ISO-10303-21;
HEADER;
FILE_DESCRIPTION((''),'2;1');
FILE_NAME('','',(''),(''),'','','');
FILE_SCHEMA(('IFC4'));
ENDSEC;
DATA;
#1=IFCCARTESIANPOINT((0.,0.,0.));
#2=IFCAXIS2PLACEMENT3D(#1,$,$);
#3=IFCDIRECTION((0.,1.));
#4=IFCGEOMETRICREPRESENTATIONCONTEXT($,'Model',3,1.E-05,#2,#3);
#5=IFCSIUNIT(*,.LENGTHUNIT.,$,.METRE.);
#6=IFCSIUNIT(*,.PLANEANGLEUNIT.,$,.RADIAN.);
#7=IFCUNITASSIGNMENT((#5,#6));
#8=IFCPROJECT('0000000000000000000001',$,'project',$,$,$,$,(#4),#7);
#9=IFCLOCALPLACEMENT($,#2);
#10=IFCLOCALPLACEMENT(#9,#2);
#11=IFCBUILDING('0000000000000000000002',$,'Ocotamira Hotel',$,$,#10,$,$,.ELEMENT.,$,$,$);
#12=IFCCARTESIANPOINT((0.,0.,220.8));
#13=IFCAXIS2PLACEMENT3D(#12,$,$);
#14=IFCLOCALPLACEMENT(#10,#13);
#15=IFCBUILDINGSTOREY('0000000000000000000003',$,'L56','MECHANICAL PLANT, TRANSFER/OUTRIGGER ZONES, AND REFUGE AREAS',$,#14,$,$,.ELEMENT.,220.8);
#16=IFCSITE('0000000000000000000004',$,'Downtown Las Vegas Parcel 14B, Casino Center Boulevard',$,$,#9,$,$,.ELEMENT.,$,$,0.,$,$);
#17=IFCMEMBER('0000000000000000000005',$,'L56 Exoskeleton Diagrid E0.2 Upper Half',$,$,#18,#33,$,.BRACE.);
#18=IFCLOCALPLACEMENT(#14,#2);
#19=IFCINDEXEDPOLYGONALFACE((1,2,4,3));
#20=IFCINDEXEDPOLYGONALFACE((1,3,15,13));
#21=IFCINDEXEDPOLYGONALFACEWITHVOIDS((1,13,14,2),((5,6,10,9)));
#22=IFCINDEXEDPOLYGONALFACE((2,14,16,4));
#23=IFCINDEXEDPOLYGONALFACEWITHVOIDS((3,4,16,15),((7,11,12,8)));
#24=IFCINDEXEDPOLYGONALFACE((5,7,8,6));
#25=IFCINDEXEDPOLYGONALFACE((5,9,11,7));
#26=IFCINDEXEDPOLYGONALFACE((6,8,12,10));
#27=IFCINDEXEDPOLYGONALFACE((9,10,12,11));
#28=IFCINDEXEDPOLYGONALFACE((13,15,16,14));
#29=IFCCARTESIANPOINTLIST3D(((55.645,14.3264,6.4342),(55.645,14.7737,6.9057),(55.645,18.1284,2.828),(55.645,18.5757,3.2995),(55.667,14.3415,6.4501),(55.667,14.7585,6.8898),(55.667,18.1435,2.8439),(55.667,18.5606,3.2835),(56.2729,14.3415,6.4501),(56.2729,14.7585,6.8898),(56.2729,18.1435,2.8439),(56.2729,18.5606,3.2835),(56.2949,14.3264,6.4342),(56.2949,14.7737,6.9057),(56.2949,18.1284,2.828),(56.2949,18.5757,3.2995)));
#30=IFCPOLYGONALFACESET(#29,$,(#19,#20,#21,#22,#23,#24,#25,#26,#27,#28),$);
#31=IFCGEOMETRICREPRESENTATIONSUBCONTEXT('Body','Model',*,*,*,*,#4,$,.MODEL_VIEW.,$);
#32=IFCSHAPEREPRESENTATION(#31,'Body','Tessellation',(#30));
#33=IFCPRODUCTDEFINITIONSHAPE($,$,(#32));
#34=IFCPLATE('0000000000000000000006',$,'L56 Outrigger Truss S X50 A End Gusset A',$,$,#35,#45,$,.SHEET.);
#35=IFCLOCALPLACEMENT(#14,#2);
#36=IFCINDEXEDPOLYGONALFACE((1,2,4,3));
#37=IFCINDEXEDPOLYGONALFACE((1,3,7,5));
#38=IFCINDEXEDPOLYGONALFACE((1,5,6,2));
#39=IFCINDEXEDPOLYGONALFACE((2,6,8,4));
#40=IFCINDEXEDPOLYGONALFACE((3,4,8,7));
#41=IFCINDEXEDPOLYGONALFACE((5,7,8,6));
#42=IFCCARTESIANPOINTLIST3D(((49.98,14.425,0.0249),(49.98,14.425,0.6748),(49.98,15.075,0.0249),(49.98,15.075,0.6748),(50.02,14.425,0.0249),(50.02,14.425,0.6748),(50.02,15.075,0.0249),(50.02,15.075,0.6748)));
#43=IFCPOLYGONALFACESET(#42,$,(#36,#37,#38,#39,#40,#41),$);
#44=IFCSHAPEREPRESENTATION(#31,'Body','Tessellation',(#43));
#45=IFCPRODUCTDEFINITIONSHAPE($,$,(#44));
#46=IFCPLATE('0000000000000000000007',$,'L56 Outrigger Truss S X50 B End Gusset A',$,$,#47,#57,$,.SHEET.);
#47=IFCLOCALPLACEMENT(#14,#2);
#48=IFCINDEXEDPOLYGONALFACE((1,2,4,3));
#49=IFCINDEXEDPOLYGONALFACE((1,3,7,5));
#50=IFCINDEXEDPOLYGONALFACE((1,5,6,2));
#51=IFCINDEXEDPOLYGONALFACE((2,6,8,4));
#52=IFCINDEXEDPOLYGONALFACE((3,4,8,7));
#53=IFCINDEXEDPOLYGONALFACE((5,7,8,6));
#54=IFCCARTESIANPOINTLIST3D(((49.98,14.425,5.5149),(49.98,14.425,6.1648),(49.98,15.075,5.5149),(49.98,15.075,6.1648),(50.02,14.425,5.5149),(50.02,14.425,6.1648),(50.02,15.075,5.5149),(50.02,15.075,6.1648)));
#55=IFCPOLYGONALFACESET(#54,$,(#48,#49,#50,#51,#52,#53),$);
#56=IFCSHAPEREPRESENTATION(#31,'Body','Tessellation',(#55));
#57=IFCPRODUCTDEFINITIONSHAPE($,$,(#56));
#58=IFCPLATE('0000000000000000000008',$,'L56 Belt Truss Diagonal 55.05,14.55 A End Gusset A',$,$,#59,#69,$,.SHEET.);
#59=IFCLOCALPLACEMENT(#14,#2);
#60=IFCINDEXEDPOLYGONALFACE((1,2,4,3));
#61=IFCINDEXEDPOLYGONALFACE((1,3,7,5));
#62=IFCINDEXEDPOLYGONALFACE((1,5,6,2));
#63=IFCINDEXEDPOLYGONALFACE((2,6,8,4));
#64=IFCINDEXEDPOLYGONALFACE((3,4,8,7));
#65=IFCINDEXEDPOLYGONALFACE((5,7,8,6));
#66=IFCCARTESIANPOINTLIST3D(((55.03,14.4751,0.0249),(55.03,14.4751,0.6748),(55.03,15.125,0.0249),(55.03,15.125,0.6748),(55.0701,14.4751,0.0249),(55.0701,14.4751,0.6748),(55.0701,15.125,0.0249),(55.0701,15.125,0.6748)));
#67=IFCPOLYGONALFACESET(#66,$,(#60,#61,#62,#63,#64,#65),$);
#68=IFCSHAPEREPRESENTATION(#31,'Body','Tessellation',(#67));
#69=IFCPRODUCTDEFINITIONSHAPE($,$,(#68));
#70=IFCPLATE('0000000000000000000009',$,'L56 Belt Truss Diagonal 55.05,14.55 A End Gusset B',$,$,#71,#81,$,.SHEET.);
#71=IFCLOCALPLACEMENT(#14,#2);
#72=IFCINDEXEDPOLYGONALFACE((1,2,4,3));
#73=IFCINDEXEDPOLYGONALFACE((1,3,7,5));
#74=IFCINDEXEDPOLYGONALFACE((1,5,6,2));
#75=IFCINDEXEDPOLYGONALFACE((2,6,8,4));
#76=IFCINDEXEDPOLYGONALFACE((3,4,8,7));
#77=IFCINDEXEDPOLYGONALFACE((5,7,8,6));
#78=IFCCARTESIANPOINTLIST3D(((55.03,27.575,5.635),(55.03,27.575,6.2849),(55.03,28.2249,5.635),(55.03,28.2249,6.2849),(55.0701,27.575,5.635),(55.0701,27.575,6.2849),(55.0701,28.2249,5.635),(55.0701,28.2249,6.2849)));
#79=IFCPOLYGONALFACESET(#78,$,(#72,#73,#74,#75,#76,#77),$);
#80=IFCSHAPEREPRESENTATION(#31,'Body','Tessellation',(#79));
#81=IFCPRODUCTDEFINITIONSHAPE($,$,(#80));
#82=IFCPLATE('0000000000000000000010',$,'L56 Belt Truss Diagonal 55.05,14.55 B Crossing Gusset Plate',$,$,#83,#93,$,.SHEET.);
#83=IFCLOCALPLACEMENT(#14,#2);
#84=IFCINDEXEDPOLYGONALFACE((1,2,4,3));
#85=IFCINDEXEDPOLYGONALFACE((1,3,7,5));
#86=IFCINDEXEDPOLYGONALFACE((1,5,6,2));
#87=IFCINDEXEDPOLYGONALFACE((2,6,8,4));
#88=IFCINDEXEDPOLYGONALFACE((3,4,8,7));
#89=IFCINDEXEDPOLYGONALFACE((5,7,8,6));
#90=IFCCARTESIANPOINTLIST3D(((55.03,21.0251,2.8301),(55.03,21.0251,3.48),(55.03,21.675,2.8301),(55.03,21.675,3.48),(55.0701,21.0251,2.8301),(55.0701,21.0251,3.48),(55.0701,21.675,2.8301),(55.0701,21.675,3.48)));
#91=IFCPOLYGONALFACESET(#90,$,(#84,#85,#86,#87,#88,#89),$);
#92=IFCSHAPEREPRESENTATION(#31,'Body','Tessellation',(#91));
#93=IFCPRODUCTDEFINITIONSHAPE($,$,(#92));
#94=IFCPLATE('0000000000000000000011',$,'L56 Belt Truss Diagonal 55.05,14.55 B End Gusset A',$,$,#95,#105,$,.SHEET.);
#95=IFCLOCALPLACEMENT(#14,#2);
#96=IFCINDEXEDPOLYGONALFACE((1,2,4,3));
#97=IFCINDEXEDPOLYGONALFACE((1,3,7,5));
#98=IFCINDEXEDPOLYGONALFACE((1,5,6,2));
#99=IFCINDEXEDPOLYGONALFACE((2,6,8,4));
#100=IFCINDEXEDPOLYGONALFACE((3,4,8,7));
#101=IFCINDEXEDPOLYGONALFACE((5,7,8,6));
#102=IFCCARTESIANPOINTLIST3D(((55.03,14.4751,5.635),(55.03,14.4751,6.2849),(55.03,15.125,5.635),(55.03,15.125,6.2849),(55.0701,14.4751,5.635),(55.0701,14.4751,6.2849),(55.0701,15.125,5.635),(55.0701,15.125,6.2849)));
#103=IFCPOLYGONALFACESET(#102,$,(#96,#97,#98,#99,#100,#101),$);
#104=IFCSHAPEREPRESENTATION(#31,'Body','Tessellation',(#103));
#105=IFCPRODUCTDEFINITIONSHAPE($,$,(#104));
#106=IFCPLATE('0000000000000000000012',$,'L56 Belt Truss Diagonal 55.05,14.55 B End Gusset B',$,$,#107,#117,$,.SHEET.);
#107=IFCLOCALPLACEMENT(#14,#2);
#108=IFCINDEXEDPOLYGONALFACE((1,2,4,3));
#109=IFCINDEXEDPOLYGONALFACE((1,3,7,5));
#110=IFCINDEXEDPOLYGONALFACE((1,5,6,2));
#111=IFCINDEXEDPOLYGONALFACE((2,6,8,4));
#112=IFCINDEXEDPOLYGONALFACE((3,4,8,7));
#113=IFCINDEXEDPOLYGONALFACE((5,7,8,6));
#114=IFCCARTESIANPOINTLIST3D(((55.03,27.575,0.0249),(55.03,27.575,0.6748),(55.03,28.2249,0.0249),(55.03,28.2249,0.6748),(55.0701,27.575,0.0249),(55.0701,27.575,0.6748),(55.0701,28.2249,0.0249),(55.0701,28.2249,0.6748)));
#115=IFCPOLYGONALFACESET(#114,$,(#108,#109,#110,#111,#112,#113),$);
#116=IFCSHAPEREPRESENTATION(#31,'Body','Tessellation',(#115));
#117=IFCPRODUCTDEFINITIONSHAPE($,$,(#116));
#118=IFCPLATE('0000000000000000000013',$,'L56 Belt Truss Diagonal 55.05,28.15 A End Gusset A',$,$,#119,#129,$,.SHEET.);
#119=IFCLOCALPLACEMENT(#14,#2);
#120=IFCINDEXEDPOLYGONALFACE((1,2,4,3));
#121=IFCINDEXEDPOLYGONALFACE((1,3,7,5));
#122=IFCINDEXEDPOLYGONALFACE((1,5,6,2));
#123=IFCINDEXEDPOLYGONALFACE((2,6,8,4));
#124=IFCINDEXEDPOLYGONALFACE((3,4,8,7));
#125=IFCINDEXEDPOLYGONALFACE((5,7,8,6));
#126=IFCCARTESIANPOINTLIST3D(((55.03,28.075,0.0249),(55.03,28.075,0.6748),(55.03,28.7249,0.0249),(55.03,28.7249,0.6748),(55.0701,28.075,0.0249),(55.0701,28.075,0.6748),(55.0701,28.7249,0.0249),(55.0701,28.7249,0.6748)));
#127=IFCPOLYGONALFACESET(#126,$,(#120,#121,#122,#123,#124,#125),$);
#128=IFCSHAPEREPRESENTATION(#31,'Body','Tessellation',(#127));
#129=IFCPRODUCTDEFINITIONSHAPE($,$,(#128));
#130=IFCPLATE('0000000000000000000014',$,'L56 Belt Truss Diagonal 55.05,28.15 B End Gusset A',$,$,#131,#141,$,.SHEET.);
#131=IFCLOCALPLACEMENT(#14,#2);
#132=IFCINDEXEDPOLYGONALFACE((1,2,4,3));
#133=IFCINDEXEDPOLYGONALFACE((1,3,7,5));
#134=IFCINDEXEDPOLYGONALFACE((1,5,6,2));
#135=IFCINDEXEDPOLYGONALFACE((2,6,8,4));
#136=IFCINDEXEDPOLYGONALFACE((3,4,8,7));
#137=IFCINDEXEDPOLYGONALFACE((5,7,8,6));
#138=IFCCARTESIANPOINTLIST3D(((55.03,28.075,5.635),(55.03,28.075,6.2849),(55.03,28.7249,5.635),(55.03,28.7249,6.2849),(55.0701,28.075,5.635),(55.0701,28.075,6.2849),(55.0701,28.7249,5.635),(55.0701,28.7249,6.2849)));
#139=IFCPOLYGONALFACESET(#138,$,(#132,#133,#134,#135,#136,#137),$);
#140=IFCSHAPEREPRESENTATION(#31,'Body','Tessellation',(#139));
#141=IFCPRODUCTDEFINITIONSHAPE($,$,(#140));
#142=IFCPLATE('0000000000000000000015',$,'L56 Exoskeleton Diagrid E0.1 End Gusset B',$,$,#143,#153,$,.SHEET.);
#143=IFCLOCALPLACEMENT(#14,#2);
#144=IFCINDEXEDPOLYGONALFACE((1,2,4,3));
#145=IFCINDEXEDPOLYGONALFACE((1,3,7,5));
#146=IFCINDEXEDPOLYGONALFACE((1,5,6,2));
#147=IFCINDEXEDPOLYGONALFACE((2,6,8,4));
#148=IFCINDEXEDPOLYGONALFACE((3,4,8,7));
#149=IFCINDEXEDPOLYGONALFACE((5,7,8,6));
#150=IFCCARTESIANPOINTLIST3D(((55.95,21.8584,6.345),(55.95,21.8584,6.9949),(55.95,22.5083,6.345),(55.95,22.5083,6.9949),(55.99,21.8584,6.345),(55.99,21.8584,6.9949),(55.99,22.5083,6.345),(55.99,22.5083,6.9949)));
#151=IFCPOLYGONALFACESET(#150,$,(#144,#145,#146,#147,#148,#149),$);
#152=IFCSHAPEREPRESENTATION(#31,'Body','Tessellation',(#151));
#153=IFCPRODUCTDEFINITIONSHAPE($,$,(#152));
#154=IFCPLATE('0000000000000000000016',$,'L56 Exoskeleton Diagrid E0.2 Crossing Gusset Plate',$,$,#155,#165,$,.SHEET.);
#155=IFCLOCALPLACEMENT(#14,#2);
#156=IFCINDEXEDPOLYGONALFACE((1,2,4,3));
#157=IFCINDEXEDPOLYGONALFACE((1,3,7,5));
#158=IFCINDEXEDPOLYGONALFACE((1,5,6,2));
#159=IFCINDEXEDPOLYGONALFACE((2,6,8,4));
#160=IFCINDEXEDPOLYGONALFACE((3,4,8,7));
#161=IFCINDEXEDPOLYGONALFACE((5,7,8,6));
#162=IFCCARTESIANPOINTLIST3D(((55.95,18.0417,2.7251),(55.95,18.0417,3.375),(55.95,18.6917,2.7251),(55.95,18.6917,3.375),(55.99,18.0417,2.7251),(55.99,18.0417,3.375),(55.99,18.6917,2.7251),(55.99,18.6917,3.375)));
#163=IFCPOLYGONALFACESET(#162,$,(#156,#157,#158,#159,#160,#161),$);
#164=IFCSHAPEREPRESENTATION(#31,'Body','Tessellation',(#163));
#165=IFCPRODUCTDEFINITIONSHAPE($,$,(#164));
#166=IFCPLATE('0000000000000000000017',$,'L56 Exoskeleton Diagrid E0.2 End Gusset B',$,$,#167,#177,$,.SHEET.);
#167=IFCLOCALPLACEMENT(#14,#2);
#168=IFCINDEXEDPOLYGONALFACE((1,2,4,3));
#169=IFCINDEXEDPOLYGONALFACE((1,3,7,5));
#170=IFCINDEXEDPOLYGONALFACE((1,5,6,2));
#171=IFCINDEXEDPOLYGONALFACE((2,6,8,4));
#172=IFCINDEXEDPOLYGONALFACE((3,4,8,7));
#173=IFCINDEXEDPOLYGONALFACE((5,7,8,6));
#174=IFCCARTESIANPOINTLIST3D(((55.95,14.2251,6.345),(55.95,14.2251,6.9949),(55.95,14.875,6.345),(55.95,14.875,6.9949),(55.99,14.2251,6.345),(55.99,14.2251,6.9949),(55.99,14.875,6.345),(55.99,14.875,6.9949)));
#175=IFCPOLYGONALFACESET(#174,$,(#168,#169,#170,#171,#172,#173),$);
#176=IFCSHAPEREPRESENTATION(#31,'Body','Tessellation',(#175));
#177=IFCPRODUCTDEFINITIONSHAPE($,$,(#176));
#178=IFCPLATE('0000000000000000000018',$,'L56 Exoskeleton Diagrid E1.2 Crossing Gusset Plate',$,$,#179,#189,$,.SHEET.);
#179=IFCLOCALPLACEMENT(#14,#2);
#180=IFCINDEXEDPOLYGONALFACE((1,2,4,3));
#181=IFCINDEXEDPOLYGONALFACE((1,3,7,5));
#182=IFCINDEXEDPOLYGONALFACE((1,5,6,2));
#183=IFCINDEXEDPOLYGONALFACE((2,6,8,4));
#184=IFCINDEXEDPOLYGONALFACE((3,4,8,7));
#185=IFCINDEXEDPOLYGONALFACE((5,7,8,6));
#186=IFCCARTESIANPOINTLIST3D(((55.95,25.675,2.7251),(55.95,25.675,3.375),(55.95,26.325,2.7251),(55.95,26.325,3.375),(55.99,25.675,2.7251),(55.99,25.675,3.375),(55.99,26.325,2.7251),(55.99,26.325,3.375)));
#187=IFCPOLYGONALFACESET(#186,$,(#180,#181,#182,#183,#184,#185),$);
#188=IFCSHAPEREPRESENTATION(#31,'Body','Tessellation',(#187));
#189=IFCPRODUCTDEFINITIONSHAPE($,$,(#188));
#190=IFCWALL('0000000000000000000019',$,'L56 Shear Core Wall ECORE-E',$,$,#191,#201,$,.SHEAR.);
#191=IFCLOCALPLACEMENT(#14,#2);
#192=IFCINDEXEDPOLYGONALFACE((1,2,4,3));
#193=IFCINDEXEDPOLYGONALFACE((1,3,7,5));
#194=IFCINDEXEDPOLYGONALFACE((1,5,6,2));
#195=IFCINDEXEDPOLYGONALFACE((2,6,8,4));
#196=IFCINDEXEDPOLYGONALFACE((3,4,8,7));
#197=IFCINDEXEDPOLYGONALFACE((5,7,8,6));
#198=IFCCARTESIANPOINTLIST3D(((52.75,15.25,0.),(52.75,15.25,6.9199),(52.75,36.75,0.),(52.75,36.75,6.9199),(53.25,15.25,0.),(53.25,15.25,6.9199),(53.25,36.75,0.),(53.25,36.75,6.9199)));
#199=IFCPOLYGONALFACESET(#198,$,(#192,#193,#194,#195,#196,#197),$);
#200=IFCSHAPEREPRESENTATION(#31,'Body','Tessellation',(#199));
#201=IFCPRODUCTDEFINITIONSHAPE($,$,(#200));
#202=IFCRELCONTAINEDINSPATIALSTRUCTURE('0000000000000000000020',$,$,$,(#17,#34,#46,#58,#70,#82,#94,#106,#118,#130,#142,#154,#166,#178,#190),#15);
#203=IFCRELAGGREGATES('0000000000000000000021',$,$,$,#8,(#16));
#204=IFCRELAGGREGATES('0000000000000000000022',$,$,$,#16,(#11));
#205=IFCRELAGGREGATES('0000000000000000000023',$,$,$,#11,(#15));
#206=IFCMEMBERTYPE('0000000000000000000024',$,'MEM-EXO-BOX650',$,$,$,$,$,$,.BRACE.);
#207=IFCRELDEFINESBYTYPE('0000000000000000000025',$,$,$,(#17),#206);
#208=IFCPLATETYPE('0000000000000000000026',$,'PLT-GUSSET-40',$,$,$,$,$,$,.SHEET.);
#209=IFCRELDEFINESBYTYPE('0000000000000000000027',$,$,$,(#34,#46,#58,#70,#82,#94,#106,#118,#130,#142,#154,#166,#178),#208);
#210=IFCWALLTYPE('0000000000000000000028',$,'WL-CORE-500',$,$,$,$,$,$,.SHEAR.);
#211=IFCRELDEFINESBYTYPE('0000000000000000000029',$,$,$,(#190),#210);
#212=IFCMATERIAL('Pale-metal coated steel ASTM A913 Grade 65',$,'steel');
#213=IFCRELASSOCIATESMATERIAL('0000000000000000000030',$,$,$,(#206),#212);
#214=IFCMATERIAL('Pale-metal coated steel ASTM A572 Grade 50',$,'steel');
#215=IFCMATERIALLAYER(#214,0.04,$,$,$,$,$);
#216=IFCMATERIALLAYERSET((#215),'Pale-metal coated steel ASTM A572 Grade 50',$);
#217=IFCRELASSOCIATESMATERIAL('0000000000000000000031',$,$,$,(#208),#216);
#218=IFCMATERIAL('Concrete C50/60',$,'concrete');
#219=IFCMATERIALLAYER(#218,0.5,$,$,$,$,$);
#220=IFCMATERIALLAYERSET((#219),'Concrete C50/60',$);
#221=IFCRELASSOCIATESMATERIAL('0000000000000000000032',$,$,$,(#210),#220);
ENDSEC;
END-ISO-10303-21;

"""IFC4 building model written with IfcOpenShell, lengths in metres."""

from ifc_helpers import new_model, si_unit, direction, frame, frame_2d, origin, origin_2d, place, context, subcontext, project, spatial, rectangle, hollow_rectangle, extrude, source, transform, mapped, material, layer, layer_set, material_profile, profile_set, type_object, element, save


model = new_model("IFC4")

# Units and contexts
model_context = context("Model", 3, precision=1e-05, world=origin(), true_north=direction((0.0, 1.0)))
body_context = subcontext(model_context, "Body", "Model", "MODEL_VIEW")
ifc_project = project(units=[si_unit("LENGTHUNIT", "METRE"), si_unit("PLANEANGLEUNIT", "RADIAN")], contexts=[model_context])

# Site, building, storey
site_placement = place(None, origin())
site = spatial("IfcSite", under=ifc_project, at=site_placement, Name="Downtown Las Vegas Parcel 14B, Casino Center Boulevard", CompositionType="ELEMENT", RefElevation=0.0)
building_placement = place(site_placement, origin())
building = spatial("IfcBuilding", under=site, at=building_placement, Name="Ocotamira Hotel", CompositionType="ELEMENT")
storey_placement = place(building_placement, frame((0.0, 0.0, 220.8)))
storey = spatial("IfcBuildingStorey", under=building, at=storey_placement, Name="L56", Description="MECHANICAL PLANT, TRANSFER/OUTRIGGER ZONES, AND REFUGE AREAS", CompositionType="ELEMENT", Elevation=220.8)

# Member
ifc_material_1 = material(Name="Pale-metal coated steel ASTM A913 Grade 65", Category="steel")
ifc_material_profile_1 = material_profile(ifc_material_1, hollow_rectangle(XDim=0.6499, YDim=0.6499, WallThickness=0.022, at=origin_2d()), Name="BOX650X650X22")
ifc_profile_set_1 = profile_set([ifc_material_profile_1], Name="Pale-metal coated steel ASTM A913 Grade 65")
member_type_1 = type_object("IfcMemberType", Name="MEM-EXO-BOX650", PredefinedType="BRACE", material=ifc_profile_set_1)
shared_shape_1 = source(origin(), body_context, "Body", "SweptSolid", [
    extrude(hollow_rectangle(XDim=0.6499, YDim=0.6499, WallThickness=0.022, at=origin_2d()), origin(), (0.0, 0.0, 1.0), 5.2402),
])
member_1_placement = place(storey_placement, frame((55.97, 18.3521, 3.0637), z_axis=(0.0, -0.725542, 0.688177), x_axis=(1.0, 0.0, 0.0)))
element("IfcMember", 1, at=member_1_placement, inside=storey, type_object=member_type_1, Name="L56 Exoskeleton Diagrid E0.2 Upper Half", PredefinedType="BRACE", context=body_context, shape_type="MappedRepresentation", body=[
    mapped(shared_shape_1, transform((0.0, 0.0, 0.0), scale=1.0)),
])

# Plates
ifc_material_2 = material(Name="Pale-metal coated steel ASTM A572 Grade 50", Category="steel")
ifc_layer_1 = layer(ifc_material_2, 0.04)
ifc_layer_set_1 = layer_set([ifc_layer_1], Name="Pale-metal coated steel ASTM A572 Grade 50")
plate_type = type_object("IfcPlateType", Name="PLT-GUSSET-40", PredefinedType="SHEET", material=ifc_layer_set_1)
shared_shape_2 = source(origin(), body_context, "Body", "SweptSolid", [
    extrude(rectangle(XDim=0.04, YDim=0.6499, at=origin_2d()), origin(), (0.0, 0.0, 1.0), 0.6499),
])
for number, where, z_axis, x_axis, name in (
    (2, (50.0, 14.75, 0.0249), (0.0, 0.0, 1.0), (1.0, 0.0, 0.0), "L56 Outrigger Truss S X50 A End Gusset A"),
    (3, (50.0, 14.75, 5.5149), (0.0, 0.0, 1.0), (1.0, 0.0, 0.0), "L56 Outrigger Truss S X50 B End Gusset A"),
    (4, (55.05, 14.8, 0.0249), (0.0, 0.0, 1.0), (1.0, 0.0, 0.0), "L56 Belt Truss Diagonal 55.05,14.55 A End Gusset A"),
    (5, (55.05, 27.8999, 5.635), (0.0, 0.0, 1.0), (1.0, 0.0, 0.0), "L56 Belt Truss Diagonal 55.05,14.55 A End Gusset B"),
    (6, (55.05, 21.3501, 2.8301), (0.0, 0.0, 1.0), (1.0, 0.0, 0.0), "L56 Belt Truss Diagonal 55.05,14.55 B Crossing Gusset Plate"),
    (7, (55.05, 14.8, 5.635), (0.0, 0.0, 1.0), (1.0, 0.0, 0.0), "L56 Belt Truss Diagonal 55.05,14.55 B End Gusset A"),
    (8, (55.05, 27.8999, 0.0249), (0.0, 0.0, 1.0), (1.0, 0.0, 0.0), "L56 Belt Truss Diagonal 55.05,14.55 B End Gusset B"),
    (9, (55.05, 28.3999, 0.0249), (0.0, 0.0, 1.0), (1.0, 0.0, 0.0), "L56 Belt Truss Diagonal 55.05,28.15 A End Gusset A"),
    (10, (55.05, 28.3999, 5.635), (0.0, 0.0, 1.0), (1.0, 0.0, 0.0), "L56 Belt Truss Diagonal 55.05,28.15 B End Gusset A"),
    (11, (55.97, 22.1833, 6.345), (0.0, 0.0, 1.0), (1.0, 0.0, 0.0), "L56 Exoskeleton Diagrid E0.1 End Gusset B"),
    (12, (55.97, 18.3667, 2.7251), (0.0, 0.0, 1.0), (1.0, 0.0, 0.0), "L56 Exoskeleton Diagrid E0.2 Crossing Gusset Plate"),
    (13, (55.97, 14.55, 6.345), (0.0, 0.0, 1.0), (1.0, 0.0, 0.0), "L56 Exoskeleton Diagrid E0.2 End Gusset B"),
    (14, (55.97, 26.0, 2.7251), (0.0, 0.0, 1.0), (1.0, 0.0, 0.0), "L56 Exoskeleton Diagrid E1.2 Crossing Gusset Plate"),
):
    element("IfcPlate", number, at=place(storey_placement, frame(where, z_axis=z_axis, x_axis=x_axis)), inside=storey, type_object=plate_type, Name=name, PredefinedType="SHEET", context=body_context, shape_type="MappedRepresentation", body=[
        mapped(shared_shape_2, transform((0.0, 0.0, 0.0), scale=1.0)),
    ])

# Wall
ifc_material_3 = material(Name="Concrete C50/60", Category="concrete")
ifc_layer_2 = layer(ifc_material_3, 0.5)
ifc_layer_set_2 = layer_set([ifc_layer_2], Name="Concrete C50/60")
wall_type_1 = type_object("IfcWallType", Name="WL-CORE-500", PredefinedType="SHEAR", material=ifc_layer_set_2)
wall_1_placement = place(storey_placement, frame((53.0, 15.25, 0.0), z_axis=(0.0, 0.0, 1.0), x_axis=(0.0, 1.0, 0.0)))
element("IfcWall", 15, at=wall_1_placement, inside=storey, type_object=wall_type_1, Name="L56 Shear Core Wall ECORE-E", PredefinedType="SHEAR", context=body_context, shape_type="SweptSolid", body=[
    extrude(rectangle(XDim=21.5, YDim=0.5, at=frame_2d((10.75, 0.0))), origin(), (0.0, 0.0, 1.0), 6.9199),
])

save(model, "model.ifc")
